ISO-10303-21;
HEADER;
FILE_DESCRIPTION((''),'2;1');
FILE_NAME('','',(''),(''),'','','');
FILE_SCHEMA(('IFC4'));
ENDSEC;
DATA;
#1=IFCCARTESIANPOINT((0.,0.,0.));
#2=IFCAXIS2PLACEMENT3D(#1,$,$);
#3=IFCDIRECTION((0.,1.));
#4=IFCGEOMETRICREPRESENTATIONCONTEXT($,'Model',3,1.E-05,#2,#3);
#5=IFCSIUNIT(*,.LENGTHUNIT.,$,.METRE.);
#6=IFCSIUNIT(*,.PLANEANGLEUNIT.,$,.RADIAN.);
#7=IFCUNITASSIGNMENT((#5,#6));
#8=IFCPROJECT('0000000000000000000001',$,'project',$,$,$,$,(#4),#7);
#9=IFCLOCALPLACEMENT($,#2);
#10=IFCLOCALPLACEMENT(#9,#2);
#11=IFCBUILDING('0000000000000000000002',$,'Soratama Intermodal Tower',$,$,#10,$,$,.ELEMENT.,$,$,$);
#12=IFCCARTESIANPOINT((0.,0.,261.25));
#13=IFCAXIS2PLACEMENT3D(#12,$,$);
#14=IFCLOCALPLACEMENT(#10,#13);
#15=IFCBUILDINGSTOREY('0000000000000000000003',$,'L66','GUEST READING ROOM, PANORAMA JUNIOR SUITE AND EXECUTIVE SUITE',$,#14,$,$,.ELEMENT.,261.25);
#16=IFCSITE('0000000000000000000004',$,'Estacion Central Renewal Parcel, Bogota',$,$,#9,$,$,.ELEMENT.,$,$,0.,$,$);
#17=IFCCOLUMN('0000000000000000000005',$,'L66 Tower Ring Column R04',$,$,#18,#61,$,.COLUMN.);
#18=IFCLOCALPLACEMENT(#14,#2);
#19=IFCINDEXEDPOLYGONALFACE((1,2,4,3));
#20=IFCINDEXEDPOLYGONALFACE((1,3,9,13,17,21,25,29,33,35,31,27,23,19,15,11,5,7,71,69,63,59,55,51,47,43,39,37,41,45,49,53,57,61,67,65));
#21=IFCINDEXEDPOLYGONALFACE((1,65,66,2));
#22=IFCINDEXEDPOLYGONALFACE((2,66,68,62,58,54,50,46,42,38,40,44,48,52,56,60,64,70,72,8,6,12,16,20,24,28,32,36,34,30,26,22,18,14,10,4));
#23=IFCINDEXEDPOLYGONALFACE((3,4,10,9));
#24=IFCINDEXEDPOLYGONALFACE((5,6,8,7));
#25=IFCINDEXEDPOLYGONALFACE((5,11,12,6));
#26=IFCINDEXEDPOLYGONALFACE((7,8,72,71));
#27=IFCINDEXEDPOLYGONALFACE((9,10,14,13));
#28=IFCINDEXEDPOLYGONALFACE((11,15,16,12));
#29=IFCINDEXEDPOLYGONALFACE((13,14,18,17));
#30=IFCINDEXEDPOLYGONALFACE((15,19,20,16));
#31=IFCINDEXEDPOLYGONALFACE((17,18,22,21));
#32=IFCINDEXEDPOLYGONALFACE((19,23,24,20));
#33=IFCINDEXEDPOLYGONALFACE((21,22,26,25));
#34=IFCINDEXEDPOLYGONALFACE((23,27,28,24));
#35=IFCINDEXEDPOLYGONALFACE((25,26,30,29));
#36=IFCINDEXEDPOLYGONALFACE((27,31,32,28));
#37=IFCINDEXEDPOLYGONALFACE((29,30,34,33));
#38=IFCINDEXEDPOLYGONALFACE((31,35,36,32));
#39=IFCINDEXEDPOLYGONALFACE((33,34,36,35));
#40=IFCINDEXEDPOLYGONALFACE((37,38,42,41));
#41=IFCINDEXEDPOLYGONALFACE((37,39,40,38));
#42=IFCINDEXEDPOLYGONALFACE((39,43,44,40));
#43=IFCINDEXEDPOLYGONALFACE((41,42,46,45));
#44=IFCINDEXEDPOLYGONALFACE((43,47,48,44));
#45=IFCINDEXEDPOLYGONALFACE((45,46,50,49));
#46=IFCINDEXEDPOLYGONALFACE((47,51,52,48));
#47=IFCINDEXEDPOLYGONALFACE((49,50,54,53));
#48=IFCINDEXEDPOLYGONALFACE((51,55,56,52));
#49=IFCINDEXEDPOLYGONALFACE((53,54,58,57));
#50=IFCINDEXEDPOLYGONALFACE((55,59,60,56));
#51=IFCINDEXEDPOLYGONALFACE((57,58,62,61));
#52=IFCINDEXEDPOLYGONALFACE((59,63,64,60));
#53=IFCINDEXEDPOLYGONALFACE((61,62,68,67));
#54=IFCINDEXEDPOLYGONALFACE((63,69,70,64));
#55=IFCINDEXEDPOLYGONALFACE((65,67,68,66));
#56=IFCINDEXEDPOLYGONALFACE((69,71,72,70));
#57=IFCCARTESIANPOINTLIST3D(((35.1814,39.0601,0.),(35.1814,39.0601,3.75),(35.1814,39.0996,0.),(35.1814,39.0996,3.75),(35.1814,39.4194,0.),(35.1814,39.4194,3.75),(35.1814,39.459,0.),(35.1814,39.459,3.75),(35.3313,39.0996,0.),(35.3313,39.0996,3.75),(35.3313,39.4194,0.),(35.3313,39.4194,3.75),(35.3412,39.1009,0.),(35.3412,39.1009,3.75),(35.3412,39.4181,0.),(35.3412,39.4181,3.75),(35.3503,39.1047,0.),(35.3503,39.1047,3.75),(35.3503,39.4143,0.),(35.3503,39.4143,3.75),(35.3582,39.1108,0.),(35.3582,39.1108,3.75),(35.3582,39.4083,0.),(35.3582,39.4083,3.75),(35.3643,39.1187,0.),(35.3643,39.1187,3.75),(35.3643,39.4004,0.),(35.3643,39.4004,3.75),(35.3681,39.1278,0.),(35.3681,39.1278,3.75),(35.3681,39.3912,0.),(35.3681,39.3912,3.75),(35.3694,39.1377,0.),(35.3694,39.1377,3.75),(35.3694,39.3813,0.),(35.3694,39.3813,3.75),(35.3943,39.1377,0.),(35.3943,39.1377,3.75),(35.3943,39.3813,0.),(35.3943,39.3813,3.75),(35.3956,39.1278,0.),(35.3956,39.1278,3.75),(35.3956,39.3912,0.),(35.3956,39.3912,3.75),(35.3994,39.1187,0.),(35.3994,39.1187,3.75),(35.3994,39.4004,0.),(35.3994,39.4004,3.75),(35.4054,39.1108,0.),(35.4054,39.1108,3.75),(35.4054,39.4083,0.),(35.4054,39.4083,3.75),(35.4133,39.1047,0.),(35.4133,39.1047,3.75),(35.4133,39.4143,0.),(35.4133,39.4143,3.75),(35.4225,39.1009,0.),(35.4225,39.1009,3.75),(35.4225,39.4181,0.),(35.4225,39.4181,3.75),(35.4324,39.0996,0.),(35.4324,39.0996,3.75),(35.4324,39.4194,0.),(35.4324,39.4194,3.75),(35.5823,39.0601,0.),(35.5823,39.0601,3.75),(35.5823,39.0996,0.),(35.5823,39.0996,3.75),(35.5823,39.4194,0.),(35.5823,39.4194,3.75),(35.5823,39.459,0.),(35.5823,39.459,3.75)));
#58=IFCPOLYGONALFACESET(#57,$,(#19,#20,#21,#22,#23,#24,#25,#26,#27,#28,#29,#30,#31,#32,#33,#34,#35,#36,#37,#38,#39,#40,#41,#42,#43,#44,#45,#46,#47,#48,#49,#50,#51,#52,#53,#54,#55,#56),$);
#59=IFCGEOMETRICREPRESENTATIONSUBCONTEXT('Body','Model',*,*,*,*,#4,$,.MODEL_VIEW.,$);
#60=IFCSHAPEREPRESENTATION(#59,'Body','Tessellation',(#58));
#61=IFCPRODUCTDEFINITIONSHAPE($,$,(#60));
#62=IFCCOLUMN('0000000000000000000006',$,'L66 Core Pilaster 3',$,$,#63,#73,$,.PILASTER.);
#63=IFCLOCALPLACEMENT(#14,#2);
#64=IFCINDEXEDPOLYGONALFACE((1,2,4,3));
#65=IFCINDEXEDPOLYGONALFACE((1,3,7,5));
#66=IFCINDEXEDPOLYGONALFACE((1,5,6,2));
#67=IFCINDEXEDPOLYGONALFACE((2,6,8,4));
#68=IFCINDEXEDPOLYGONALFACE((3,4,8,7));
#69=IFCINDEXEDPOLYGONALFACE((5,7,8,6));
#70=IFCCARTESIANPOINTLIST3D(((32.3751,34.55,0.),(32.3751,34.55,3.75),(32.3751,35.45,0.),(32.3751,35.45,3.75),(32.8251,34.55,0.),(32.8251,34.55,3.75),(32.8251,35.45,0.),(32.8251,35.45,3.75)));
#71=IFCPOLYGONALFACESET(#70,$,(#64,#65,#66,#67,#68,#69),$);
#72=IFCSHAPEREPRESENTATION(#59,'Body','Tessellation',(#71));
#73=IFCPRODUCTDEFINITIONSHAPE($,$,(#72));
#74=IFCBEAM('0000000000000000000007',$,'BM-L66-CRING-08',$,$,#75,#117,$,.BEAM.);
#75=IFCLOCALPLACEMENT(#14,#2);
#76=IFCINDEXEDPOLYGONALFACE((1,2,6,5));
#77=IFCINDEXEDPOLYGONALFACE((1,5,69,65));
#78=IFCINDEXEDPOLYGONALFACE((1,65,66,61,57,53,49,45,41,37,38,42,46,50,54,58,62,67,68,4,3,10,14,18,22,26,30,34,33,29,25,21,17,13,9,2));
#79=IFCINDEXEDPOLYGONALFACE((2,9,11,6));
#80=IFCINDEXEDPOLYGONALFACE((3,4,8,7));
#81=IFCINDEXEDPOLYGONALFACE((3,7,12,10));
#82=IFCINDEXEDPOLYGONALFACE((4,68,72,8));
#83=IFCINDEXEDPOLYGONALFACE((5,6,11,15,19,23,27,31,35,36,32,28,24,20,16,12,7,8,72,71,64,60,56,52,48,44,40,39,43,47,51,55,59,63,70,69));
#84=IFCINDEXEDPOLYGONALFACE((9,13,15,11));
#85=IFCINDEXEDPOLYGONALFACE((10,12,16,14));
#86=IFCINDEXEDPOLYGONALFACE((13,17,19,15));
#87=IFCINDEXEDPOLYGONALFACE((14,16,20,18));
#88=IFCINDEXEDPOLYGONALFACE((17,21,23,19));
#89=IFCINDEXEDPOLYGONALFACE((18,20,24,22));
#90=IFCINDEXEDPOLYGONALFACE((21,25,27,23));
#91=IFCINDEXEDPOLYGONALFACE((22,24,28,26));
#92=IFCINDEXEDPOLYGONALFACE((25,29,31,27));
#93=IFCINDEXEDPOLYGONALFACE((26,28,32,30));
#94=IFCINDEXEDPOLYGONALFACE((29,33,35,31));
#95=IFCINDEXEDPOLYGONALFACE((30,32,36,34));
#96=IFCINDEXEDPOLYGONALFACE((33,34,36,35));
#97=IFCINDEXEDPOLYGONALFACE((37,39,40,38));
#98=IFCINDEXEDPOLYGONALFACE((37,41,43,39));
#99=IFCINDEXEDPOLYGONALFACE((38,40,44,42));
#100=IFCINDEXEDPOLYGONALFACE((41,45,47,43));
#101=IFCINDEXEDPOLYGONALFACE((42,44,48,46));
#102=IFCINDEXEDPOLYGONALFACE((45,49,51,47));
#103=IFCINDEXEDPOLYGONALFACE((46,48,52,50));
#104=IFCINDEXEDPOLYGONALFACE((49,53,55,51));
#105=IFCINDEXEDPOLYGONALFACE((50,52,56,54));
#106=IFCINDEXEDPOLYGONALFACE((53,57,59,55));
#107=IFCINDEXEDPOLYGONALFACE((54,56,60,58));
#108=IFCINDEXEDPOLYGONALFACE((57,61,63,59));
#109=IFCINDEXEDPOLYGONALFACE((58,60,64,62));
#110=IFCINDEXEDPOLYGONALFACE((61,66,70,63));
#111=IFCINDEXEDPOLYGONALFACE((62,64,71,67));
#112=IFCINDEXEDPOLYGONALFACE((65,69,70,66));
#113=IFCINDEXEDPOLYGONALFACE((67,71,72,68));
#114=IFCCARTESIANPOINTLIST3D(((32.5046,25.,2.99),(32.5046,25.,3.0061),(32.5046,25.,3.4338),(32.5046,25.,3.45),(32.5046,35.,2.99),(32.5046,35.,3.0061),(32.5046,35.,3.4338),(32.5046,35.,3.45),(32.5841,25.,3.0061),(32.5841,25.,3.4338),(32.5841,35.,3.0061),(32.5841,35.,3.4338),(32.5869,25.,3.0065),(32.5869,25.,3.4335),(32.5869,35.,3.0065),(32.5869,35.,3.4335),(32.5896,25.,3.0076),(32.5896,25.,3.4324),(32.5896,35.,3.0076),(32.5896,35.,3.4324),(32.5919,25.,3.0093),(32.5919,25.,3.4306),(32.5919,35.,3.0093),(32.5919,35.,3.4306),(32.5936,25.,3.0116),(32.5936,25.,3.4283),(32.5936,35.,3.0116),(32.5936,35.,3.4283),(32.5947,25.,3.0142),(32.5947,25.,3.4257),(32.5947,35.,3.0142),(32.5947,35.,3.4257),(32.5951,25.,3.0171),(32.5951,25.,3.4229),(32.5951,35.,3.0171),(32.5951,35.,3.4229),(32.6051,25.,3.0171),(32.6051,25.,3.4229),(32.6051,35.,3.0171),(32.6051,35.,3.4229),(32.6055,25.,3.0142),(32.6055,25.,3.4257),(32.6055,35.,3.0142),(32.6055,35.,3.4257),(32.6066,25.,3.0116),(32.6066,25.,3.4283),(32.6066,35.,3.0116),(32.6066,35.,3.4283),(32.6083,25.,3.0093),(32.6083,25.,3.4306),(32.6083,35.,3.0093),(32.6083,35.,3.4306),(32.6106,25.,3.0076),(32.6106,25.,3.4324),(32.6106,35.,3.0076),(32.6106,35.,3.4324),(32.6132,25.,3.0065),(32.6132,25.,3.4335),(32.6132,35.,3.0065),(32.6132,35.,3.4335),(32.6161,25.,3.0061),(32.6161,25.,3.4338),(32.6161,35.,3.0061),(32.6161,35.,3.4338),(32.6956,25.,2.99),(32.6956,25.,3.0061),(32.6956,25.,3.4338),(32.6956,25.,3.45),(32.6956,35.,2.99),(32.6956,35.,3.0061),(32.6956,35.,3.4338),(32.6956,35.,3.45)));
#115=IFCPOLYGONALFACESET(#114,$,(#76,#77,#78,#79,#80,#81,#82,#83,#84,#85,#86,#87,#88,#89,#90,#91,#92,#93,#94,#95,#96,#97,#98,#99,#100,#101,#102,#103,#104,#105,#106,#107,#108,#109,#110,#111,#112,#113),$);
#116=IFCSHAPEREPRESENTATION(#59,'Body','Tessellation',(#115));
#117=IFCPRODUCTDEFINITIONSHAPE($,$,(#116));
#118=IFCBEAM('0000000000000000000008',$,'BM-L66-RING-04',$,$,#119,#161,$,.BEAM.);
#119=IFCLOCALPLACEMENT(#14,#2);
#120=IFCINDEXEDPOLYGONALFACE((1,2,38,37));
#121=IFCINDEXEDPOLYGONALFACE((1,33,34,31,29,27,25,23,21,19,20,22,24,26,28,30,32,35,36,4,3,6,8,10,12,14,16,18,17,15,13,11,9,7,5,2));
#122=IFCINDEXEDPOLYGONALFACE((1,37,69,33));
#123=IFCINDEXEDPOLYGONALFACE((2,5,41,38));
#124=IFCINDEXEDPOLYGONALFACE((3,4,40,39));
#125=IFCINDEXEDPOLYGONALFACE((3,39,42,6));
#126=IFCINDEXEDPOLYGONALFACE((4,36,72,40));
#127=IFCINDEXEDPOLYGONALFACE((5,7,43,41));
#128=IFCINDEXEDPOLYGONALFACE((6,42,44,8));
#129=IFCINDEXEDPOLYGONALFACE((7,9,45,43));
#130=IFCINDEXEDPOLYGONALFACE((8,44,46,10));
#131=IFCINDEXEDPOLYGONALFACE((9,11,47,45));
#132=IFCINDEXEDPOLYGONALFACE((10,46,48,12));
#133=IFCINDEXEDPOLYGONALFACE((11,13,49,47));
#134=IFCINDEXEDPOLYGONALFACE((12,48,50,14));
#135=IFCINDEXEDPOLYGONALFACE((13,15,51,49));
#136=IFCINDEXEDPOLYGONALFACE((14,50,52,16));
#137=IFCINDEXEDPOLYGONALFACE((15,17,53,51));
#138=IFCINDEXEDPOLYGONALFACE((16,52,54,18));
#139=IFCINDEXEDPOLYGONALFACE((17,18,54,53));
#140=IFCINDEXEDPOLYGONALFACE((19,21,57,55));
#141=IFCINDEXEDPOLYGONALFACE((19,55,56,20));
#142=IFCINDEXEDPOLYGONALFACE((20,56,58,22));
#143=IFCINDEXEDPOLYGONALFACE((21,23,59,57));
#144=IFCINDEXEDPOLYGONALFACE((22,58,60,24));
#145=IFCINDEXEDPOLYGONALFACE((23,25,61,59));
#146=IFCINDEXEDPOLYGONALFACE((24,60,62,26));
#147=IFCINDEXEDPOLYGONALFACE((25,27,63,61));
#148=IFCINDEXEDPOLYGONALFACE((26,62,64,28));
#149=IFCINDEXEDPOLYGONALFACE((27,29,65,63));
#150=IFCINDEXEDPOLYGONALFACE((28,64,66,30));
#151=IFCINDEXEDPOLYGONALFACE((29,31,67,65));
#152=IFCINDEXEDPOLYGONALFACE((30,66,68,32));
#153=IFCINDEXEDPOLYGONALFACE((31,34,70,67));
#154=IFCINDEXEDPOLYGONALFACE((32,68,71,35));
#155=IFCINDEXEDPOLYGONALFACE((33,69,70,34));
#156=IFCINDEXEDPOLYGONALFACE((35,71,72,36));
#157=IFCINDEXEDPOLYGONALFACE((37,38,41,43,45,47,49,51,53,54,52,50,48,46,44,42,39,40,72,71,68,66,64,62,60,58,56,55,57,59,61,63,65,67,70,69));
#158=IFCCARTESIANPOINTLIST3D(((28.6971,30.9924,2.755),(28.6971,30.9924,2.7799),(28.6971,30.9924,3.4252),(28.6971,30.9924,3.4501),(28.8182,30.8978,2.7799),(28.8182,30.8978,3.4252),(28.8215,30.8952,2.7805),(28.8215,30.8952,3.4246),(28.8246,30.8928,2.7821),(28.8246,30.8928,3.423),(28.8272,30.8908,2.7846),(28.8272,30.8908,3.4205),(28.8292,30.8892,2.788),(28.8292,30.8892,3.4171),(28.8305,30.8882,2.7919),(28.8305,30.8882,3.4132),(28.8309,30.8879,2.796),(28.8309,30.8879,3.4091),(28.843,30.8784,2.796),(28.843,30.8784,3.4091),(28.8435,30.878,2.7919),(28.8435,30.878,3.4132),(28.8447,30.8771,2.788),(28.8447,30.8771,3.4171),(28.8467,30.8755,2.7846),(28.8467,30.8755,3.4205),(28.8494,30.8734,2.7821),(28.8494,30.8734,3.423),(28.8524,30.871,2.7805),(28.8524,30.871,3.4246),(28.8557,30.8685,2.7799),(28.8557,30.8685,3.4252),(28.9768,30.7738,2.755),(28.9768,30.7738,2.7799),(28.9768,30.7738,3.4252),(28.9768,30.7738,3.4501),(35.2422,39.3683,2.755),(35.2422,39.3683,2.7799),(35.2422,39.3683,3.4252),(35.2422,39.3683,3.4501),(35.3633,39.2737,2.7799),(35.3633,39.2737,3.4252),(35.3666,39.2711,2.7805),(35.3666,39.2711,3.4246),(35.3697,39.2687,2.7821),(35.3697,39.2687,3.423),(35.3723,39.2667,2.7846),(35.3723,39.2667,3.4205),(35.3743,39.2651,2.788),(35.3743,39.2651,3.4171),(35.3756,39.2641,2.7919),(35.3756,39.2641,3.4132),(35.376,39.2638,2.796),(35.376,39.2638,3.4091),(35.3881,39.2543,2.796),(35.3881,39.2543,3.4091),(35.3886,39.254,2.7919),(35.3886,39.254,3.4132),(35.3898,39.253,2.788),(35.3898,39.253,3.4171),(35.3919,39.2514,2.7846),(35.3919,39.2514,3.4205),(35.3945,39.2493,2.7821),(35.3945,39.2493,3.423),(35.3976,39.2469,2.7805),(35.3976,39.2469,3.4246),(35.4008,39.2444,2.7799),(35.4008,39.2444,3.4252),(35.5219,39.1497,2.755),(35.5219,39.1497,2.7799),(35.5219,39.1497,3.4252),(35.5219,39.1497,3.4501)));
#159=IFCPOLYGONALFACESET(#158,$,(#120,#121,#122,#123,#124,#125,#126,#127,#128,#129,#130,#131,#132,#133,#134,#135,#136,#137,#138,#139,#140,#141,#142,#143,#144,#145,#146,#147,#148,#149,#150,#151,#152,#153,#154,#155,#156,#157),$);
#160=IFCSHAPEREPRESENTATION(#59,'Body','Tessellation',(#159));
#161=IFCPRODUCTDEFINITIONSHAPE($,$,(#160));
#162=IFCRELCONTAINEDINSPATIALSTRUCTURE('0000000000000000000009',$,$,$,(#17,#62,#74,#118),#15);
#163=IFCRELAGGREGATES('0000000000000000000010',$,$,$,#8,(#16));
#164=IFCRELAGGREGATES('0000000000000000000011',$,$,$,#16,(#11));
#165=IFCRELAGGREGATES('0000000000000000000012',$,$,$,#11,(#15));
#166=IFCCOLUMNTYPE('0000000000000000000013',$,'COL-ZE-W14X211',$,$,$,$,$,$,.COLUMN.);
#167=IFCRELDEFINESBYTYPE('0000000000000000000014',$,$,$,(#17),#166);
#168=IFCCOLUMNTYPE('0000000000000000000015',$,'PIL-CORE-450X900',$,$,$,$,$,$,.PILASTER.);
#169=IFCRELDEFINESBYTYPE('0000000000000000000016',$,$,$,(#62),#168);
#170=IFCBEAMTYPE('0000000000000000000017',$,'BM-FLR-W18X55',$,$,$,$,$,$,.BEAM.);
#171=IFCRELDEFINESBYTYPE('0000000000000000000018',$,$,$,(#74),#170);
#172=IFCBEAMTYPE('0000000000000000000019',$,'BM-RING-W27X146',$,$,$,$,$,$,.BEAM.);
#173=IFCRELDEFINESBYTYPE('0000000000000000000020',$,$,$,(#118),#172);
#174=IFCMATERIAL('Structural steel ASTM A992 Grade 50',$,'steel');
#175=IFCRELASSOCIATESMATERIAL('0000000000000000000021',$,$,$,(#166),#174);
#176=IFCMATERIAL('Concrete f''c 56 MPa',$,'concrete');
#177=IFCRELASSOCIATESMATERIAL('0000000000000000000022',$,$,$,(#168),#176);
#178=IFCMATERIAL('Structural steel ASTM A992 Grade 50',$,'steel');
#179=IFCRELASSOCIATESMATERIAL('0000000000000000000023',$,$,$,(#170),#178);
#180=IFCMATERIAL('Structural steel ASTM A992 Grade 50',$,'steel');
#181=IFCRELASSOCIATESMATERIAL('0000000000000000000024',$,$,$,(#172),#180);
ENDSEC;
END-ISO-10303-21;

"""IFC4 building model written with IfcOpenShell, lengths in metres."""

from ifc_helpers import new_model, si_unit, direction, frame, origin, origin_2d, place, context, subcontext, project, spatial, rectangle, i_section, extrude, material, material_profile, profile_set, type_object, element, save


model = new_model("IFC4")

# Units and contexts
model_context = context("Model", 3, precision=1e-05, world=origin(), true_north=direction((0.0, 1.0)))
body_context = subcontext(model_context, "Body", "Model", "MODEL_VIEW")
ifc_project = project(units=[si_unit("LENGTHUNIT", "METRE"), si_unit("PLANEANGLEUNIT", "RADIAN")], contexts=[model_context])

# Site, building, storey
site_placement = place(None, origin())
site = spatial("IfcSite", under=ifc_project, at=site_placement, Name="Estacion Central Renewal Parcel, Bogota", CompositionType="ELEMENT", RefElevation=0.0)
building_placement = place(site_placement, origin())
building = spatial("IfcBuilding", under=site, at=building_placement, Name="Soratama Intermodal Tower", CompositionType="ELEMENT")
storey_placement = place(building_placement, frame((0.0, 0.0, 261.25)))
storey = spatial("IfcBuildingStorey", under=building, at=storey_placement, Name="L66", Description="GUEST READING ROOM, PANORAMA JUNIOR SUITE AND EXECUTIVE SUITE", CompositionType="ELEMENT", Elevation=261.25)

# Columns
ifc_material_1 = material(Name="Structural steel ASTM A992 Grade 50", Category="steel")
ifc_material_profile_1 = material_profile(ifc_material_1, i_section(OverallWidth=0.4009, OverallDepth=0.3989, WebThickness=0.0249, FlangeThickness=0.0396, FilletRadius=0.0381, at=origin_2d()), Name="W14X211")
ifc_profile_set_1 = profile_set([ifc_material_profile_1], Name="Structural steel ASTM A992 Grade 50")
column_type_1 = type_object("IfcColumnType", Name="COL-ZE-W14X211", PredefinedType="COLUMN", material=ifc_profile_set_1)
column_1_placement = place(storey_placement, frame((35.3818, 39.2595, 0.0), z_axis=(0.0, 0.0, 1.0), x_axis=(1.0, 0.0, 0.0)))
element("IfcColumn", 1, at=column_1_placement, inside=storey, type_object=column_type_1, Name="L66 Tower Ring Column R04", PredefinedType="COLUMN", context=body_context, shape_type="SweptSolid", body=[
    extrude(i_section(OverallWidth=0.4009, OverallDepth=0.3989, WebThickness=0.0249, FlangeThickness=0.0396, FilletRadius=0.0381, at=origin_2d()), origin(), (0.0, 0.0, 1.0), 3.75),
])
ifc_material_2 = material(Name="Concrete f'c 56 MPa", Category="concrete")
ifc_material_profile_2 = material_profile(ifc_material_2, rectangle(XDim=0.45, YDim=0.8999, at=origin_2d()), Name="RC450X900")
ifc_profile_set_2 = profile_set([ifc_material_profile_2], Name="Concrete f'c 56 MPa")
column_type_2 = type_object("IfcColumnType", Name="PIL-CORE-450X900", PredefinedType="PILASTER", material=ifc_profile_set_2)
column_2_placement = place(storey_placement, frame((32.6001, 35.0, 0.0), z_axis=(0.0, 0.0, 1.0), x_axis=(1.0, 0.0, 0.0)))
element("IfcColumn", 2, at=column_2_placement, inside=storey, type_object=column_type_2, Name="L66 Core Pilaster 3", PredefinedType="PILASTER", context=body_context, shape_type="SweptSolid", body=[
    extrude(rectangle(XDim=0.45, YDim=0.8999, at=origin_2d()), origin(), (0.0, 0.0, 1.0), 3.75),
])

# Beams
ifc_material_3 = material(Name="Structural steel ASTM A992 Grade 50", Category="steel")
ifc_material_profile_3 = material_profile(ifc_material_3, i_section(OverallWidth=0.1909, OverallDepth=0.46, WebThickness=0.01, FlangeThickness=0.0161, FilletRadius=0.011, at=origin_2d()), Name="W18X55")
ifc_profile_set_3 = profile_set([ifc_material_profile_3], Name="Structural steel ASTM A992 Grade 50")
beam_type_1 = type_object("IfcBeamType", Name="BM-FLR-W18X55", PredefinedType="BEAM", material=ifc_profile_set_3)
beam_1_placement = place(storey_placement, frame((32.6001, 35.0, 3.22), z_axis=(0.0, -1.0, 0.0), x_axis=(1.0, 0.0, 0.0)))
element("IfcBeam", 3, at=beam_1_placement, inside=storey, type_object=beam_type_1, Name="BM-L66-CRING-08", PredefinedType="BEAM", context=body_context, shape_type="SweptSolid", body=[
    extrude(i_section(OverallWidth=0.1909, OverallDepth=0.46, WebThickness=0.01, FlangeThickness=0.0161, FilletRadius=0.011, at=origin_2d()), origin(), (0.0, 0.0, 1.0), 10.0),
])
ifc_material_4 = material(Name="Structural steel ASTM A992 Grade 50", Category="steel")
ifc_material_profile_4 = material_profile(ifc_material_4, i_section(OverallWidth=0.355, OverallDepth=0.6951, WebThickness=0.0154, FlangeThickness=0.0249, FilletRadius=0.0161, at=origin_2d()), Name="W27X146")
ifc_profile_set_4 = profile_set([ifc_material_profile_4], Name="Structural steel ASTM A992 Grade 50")
beam_type_2 = type_object("IfcBeamType", Name="BM-RING-W27X146", PredefinedType="BEAM", material=ifc_profile_set_4)
beam_2_placement = place(storey_placement, frame((35.3821, 39.259, 3.1025), z_axis=(-0.615728, -0.787959, 0.0), x_axis=(0.787959, -0.615728, 0.0)))
element("IfcBeam", 4, at=beam_2_placement, inside=storey, type_object=beam_type_2, Name="BM-L66-RING-04", PredefinedType="BEAM", context=body_context, shape_type="SweptSolid", body=[
    extrude(i_section(OverallWidth=0.355, OverallDepth=0.6951, WebThickness=0.0154, FlangeThickness=0.0249, FilletRadius=0.0161, at=origin_2d()), origin(), (0.0, 0.0, 1.0), 10.6299),
])

save(model, "model.ifc")
